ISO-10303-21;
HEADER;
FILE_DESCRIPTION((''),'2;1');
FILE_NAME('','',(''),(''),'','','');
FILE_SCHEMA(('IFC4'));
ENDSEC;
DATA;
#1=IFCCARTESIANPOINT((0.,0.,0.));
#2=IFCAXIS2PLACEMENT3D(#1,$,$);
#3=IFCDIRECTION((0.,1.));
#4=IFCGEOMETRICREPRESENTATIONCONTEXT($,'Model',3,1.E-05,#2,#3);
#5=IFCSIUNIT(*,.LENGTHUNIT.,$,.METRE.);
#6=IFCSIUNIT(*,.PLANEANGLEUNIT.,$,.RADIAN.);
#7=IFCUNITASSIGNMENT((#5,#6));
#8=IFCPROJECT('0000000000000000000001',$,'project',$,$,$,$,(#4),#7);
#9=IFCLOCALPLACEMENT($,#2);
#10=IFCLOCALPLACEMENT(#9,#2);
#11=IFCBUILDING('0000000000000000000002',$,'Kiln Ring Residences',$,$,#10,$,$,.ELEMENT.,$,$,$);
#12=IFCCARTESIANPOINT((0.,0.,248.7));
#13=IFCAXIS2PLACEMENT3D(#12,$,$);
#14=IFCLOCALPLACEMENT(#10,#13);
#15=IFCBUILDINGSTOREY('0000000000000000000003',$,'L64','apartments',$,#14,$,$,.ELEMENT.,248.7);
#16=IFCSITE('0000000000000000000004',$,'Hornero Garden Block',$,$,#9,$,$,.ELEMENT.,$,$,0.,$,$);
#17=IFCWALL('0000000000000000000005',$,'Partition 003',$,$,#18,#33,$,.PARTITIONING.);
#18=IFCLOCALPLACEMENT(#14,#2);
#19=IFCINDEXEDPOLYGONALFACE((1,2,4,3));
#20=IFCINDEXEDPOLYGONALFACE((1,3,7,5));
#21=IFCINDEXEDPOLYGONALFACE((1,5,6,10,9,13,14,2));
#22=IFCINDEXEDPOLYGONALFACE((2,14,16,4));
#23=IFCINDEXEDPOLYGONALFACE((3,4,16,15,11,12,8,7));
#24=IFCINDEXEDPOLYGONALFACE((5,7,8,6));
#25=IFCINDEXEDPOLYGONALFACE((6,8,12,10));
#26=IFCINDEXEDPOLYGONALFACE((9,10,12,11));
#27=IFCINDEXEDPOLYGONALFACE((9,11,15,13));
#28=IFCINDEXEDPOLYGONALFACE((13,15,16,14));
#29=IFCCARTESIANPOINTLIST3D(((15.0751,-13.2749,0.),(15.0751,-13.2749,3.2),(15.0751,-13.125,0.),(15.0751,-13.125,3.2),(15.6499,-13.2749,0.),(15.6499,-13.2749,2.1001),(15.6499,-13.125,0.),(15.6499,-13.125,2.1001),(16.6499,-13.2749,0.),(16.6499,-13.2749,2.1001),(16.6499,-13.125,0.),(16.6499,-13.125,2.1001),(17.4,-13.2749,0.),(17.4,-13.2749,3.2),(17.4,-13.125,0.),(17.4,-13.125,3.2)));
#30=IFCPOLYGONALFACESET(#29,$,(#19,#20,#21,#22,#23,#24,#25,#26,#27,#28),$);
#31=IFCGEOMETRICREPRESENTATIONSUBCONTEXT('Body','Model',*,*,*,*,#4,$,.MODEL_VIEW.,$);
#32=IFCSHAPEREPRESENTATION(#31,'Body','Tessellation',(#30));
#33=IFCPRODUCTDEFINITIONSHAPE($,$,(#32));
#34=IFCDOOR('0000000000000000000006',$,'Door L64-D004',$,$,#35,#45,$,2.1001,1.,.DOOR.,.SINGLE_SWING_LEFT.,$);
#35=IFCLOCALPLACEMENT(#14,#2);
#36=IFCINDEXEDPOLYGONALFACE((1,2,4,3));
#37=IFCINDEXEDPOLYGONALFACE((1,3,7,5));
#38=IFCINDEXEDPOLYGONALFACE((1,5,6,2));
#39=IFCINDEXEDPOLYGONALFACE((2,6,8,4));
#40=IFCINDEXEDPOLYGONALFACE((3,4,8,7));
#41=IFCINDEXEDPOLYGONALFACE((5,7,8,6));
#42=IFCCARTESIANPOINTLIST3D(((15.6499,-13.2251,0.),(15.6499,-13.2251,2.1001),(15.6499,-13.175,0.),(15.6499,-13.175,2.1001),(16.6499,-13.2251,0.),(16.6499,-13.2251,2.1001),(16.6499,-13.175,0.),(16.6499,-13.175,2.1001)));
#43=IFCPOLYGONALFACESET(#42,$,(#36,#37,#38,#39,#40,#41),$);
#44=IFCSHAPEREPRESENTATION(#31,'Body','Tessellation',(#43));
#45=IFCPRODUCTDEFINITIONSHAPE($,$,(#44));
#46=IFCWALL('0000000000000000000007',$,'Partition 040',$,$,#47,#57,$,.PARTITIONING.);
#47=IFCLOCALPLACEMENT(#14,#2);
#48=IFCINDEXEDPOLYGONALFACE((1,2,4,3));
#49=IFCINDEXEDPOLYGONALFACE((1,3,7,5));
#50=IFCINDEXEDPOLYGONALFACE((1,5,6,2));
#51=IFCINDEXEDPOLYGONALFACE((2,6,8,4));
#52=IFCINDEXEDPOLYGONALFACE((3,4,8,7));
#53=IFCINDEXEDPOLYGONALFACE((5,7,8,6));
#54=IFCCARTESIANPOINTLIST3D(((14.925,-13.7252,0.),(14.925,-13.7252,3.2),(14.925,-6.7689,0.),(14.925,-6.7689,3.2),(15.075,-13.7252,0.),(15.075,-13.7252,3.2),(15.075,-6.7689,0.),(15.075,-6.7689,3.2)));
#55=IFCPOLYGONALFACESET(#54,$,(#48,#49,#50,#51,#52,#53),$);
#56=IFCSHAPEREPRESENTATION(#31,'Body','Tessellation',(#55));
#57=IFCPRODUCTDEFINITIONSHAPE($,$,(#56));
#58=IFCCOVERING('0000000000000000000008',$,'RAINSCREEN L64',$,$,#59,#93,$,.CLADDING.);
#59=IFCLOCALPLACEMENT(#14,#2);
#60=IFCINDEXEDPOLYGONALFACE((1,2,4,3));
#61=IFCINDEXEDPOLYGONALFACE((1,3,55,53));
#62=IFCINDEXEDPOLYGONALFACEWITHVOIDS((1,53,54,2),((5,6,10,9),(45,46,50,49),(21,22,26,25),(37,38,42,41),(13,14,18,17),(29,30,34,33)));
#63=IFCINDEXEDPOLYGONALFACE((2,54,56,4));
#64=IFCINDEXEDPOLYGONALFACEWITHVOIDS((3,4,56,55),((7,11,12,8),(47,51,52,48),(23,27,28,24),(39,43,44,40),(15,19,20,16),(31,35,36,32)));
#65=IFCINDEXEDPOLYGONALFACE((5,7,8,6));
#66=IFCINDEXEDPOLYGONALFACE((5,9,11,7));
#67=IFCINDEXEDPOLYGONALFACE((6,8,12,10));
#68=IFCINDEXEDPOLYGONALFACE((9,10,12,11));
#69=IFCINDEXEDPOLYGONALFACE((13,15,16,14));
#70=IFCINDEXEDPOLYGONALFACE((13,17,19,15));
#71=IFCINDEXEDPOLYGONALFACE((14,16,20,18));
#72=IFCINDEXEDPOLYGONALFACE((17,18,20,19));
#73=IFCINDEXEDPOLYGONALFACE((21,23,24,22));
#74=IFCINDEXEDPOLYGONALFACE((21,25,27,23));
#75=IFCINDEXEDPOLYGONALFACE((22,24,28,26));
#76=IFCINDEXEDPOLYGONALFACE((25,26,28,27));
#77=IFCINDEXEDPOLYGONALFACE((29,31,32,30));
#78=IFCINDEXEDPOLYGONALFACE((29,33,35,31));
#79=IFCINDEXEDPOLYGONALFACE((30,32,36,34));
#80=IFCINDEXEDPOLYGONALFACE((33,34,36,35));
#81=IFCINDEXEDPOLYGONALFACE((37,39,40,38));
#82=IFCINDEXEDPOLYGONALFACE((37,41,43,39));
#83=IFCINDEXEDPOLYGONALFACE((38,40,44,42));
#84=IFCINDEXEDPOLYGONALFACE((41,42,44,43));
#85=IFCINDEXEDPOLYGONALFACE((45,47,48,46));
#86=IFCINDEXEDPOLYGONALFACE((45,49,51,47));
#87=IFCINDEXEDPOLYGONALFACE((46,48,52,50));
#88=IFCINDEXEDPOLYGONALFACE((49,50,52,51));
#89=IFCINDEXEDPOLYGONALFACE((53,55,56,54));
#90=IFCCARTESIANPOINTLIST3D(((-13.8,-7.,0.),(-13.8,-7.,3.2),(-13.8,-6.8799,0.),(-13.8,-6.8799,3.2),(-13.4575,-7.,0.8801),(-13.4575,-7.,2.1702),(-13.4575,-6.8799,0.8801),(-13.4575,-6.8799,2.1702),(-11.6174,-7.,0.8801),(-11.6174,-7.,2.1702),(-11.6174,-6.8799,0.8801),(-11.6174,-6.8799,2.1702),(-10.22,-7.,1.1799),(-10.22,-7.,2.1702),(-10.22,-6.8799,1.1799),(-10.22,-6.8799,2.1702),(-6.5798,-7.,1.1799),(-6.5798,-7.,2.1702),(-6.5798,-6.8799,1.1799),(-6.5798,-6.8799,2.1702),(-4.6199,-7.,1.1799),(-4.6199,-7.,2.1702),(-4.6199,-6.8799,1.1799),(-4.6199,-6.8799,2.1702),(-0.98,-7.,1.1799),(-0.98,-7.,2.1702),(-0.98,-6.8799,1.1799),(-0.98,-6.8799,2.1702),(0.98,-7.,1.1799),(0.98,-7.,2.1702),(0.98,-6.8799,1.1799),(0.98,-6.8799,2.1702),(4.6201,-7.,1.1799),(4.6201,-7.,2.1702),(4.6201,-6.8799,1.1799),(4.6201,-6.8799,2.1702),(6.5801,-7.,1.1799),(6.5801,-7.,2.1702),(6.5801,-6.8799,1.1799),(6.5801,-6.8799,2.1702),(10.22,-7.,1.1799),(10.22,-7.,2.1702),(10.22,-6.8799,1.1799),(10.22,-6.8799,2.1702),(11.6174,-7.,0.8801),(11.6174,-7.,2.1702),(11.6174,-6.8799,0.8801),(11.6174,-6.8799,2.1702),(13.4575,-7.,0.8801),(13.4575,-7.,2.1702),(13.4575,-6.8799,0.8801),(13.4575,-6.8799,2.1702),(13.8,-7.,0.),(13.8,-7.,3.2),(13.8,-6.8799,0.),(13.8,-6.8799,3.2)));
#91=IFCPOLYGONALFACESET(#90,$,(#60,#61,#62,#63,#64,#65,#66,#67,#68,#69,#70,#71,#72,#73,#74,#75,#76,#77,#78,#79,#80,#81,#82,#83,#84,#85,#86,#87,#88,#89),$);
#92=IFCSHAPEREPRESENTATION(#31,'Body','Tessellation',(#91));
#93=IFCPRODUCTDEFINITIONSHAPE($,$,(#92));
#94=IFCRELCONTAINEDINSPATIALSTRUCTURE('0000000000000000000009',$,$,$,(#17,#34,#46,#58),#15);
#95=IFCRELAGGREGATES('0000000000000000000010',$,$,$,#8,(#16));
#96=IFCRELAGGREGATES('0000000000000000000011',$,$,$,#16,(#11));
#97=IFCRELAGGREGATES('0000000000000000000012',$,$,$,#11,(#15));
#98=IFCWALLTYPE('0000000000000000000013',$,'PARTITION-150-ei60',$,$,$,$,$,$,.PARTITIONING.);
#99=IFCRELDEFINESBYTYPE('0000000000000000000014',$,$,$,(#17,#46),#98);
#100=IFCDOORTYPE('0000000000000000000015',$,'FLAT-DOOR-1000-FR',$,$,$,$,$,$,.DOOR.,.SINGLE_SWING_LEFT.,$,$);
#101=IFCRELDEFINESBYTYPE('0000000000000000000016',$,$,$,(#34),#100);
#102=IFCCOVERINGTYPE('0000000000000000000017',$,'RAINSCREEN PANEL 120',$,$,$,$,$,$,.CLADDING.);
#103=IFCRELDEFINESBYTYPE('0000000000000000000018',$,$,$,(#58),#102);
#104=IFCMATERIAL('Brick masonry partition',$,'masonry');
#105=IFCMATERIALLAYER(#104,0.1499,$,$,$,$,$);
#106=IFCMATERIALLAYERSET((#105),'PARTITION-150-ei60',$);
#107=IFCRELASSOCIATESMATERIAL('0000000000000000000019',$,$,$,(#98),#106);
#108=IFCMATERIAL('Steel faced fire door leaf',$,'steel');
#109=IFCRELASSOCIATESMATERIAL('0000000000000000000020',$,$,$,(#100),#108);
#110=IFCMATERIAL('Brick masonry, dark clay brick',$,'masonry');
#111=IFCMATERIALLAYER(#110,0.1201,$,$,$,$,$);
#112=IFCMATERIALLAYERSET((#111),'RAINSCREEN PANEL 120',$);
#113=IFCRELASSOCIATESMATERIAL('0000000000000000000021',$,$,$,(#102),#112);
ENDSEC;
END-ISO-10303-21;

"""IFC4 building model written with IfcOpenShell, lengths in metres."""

from ifc_helpers import new_model, si_unit, direction, frame, frame_2d, origin, place, context, subcontext, project, spatial, polyline, rectangle, outline, extrude, material, layer, layer_set, type_object, element, fill, save


model = new_model("IFC4")

# Units and contexts
model_context = context("Model", 3, precision=1e-05, world=origin(), true_north=direction((0.0, 1.0)))
body_context = subcontext(model_context, "Body", "Model", "MODEL_VIEW")
ifc_project = project(units=[si_unit("LENGTHUNIT", "METRE"), si_unit("PLANEANGLEUNIT", "RADIAN")], contexts=[model_context])

# Site, building, storey
site_placement = place(None, origin())
site = spatial("IfcSite", under=ifc_project, at=site_placement, Name="Hornero Garden Block", CompositionType="ELEMENT", RefElevation=0.0)
building_placement = place(site_placement, origin())
building = spatial("IfcBuilding", under=site, at=building_placement, Name="Kiln Ring Residences", CompositionType="ELEMENT")
storey_placement = place(building_placement, frame((0.0, 0.0, 248.7)))
storey = spatial("IfcBuildingStorey", under=building, at=storey_placement, Name="L64", Description="apartments", CompositionType="ELEMENT", Elevation=248.7)

# Wall, opening, door
ifc_material_1 = material(Name="Brick masonry partition", Category="masonry")
ifc_layer_1 = layer(ifc_material_1, 0.1499)
ifc_layer_set_1 = layer_set([ifc_layer_1], Name="PARTITION-150-ei60")
wall_type_1 = type_object("IfcWallType", Name="PARTITION-150-ei60", PredefinedType="PARTITIONING", material=ifc_layer_set_1)
wall_1_placement = place(storey_placement, frame((15.075, -13.2, 0.0), z_axis=(0.0, 0.0, 1.0), x_axis=(1.0, 0.0, 0.0)))
wall_1 = element("IfcWall", 1, at=wall_1_placement, inside=storey, type_object=wall_type_1, Name="Partition 003", PredefinedType="PARTITIONING", context=body_context, shape_type="SweptSolid", body=[
    extrude(rectangle(XDim=2.325, YDim=0.1499, at=frame_2d((1.1626, 0.0))), origin(), (0.0, 0.0, 1.0), 3.2),
])
opening_1_placement = place(wall_1_placement, frame((0.575, 0.0, 0.0)))
opening_1 = element("IfcOpeningElement", 2, at=opening_1_placement, cuts=wall_1, PredefinedType="OPENING", context=body_context, shape_type="SweptSolid", body=[
    extrude(rectangle(XDim=1.0, YDim=2.1001, at=frame_2d((0.5, 1.05))), frame((0.0, 0.085, 0.0), z_axis=(0.0, -1.0, 0.0), x_axis=(1.0, 0.0, 0.0)), (0.0, 0.0, 1.0), 0.1699),
])
ifc_material_2 = material(Name="Steel faced fire door leaf", Category="steel")
door_type_1 = type_object("IfcDoorType", Name="FLAT-DOOR-1000-FR", OperationType="SINGLE_SWING_LEFT", PredefinedType="DOOR", material=ifc_material_2)
door_1_placement = place(opening_1_placement, origin())
door_1 = element("IfcDoor", 3, at=door_1_placement, inside=storey, type_object=door_type_1, Name="Door L64-D004", OperationType="SINGLE_SWING_LEFT", OverallHeight=2.1001, OverallWidth=1.0, PredefinedType="DOOR", context=body_context, shape_type="SweptSolid", body=[
    extrude(rectangle(XDim=1.0, YDim=2.1001, at=frame_2d((0.5, 1.05))), frame((0.0, 0.0249, 0.0), z_axis=(0.0, -1.0, 0.0), x_axis=(1.0, 0.0, 0.0)), (0.0, 0.0, 1.0), 0.05),
])
fill(opening_1, door_1)

# Wall
wall_2_placement = place(storey_placement, frame((15.0, -13.7251, 0.0), z_axis=(0.0, 0.0, 1.0), x_axis=(0.0, 1.0, 0.0)))
element("IfcWall", 4, at=wall_2_placement, inside=storey, type_object=wall_type_1, Name="Partition 040", PredefinedType="PARTITIONING", context=body_context, shape_type="SweptSolid", body=[
    extrude(rectangle(XDim=6.9563, YDim=0.1499, at=frame_2d((3.478, 0.0))), origin(), (0.0, 0.0, 1.0), 3.2),
])

# Covering
ifc_material_3 = material(Name="Brick masonry, dark clay brick", Category="masonry")
ifc_layer_2 = layer(ifc_material_3, 0.1201)
ifc_layer_set_2 = layer_set([ifc_layer_2], Name="RAINSCREEN PANEL 120")
covering_type = type_object("IfcCoveringType", Name="RAINSCREEN PANEL 120", PredefinedType="CLADDING", material=ifc_layer_set_2)
covering_placement = place(storey_placement, frame((13.8, -6.9399, 0.0), z_axis=(0.0, 0.0, 1.0), x_axis=(-1.0, 0.0, 0.0)))
element("IfcCovering", 5, at=covering_placement, inside=storey, type_object=covering_type, Name="RAINSCREEN L64", PredefinedType="CLADDING", context=body_context, shape_type="SweptSolid", body=[
    extrude(outline(polyline([(0.0, 0.0), (27.6001, 0.0), (27.6001, 3.2), (0.0, 3.2), (0.0, 0.0)]), holes=[polyline([(2.1826, 0.8801), (2.1826, 2.1702), (0.3425, 2.1702), (0.3425, 0.8801), (2.1826, 0.8801)]), polyline([(25.4175, 0.8801), (27.2576, 0.8801), (27.2576, 2.1702), (25.4175, 2.1702), (25.4175, 0.8801)]), polyline([(3.5801, 1.1799), (7.22, 1.1799), (7.22, 2.1702), (3.5801, 2.1702), (3.5801, 1.1799)]), polyline([(12.8201, 1.1799), (12.8201, 2.1702), (9.1799, 2.1702), (9.1799, 1.1799), (12.8201, 1.1799)]), polyline([(14.78, 1.1799), (18.4199, 1.1799), (18.4199, 2.1702), (14.78, 2.1702), (14.78, 1.1799)]), polyline([(20.3799, 1.1799), (24.02, 1.1799), (24.02, 2.1702), (20.3799, 2.1702), (20.3799, 1.1799)])]), frame((0.0, 0.0601, 0.0), z_axis=(0.0, -1.0, 0.0), x_axis=(1.0, 0.0, 0.0)), (0.0, 0.0, 1.0), 0.1201),
])

save(model, "model.ifc")
